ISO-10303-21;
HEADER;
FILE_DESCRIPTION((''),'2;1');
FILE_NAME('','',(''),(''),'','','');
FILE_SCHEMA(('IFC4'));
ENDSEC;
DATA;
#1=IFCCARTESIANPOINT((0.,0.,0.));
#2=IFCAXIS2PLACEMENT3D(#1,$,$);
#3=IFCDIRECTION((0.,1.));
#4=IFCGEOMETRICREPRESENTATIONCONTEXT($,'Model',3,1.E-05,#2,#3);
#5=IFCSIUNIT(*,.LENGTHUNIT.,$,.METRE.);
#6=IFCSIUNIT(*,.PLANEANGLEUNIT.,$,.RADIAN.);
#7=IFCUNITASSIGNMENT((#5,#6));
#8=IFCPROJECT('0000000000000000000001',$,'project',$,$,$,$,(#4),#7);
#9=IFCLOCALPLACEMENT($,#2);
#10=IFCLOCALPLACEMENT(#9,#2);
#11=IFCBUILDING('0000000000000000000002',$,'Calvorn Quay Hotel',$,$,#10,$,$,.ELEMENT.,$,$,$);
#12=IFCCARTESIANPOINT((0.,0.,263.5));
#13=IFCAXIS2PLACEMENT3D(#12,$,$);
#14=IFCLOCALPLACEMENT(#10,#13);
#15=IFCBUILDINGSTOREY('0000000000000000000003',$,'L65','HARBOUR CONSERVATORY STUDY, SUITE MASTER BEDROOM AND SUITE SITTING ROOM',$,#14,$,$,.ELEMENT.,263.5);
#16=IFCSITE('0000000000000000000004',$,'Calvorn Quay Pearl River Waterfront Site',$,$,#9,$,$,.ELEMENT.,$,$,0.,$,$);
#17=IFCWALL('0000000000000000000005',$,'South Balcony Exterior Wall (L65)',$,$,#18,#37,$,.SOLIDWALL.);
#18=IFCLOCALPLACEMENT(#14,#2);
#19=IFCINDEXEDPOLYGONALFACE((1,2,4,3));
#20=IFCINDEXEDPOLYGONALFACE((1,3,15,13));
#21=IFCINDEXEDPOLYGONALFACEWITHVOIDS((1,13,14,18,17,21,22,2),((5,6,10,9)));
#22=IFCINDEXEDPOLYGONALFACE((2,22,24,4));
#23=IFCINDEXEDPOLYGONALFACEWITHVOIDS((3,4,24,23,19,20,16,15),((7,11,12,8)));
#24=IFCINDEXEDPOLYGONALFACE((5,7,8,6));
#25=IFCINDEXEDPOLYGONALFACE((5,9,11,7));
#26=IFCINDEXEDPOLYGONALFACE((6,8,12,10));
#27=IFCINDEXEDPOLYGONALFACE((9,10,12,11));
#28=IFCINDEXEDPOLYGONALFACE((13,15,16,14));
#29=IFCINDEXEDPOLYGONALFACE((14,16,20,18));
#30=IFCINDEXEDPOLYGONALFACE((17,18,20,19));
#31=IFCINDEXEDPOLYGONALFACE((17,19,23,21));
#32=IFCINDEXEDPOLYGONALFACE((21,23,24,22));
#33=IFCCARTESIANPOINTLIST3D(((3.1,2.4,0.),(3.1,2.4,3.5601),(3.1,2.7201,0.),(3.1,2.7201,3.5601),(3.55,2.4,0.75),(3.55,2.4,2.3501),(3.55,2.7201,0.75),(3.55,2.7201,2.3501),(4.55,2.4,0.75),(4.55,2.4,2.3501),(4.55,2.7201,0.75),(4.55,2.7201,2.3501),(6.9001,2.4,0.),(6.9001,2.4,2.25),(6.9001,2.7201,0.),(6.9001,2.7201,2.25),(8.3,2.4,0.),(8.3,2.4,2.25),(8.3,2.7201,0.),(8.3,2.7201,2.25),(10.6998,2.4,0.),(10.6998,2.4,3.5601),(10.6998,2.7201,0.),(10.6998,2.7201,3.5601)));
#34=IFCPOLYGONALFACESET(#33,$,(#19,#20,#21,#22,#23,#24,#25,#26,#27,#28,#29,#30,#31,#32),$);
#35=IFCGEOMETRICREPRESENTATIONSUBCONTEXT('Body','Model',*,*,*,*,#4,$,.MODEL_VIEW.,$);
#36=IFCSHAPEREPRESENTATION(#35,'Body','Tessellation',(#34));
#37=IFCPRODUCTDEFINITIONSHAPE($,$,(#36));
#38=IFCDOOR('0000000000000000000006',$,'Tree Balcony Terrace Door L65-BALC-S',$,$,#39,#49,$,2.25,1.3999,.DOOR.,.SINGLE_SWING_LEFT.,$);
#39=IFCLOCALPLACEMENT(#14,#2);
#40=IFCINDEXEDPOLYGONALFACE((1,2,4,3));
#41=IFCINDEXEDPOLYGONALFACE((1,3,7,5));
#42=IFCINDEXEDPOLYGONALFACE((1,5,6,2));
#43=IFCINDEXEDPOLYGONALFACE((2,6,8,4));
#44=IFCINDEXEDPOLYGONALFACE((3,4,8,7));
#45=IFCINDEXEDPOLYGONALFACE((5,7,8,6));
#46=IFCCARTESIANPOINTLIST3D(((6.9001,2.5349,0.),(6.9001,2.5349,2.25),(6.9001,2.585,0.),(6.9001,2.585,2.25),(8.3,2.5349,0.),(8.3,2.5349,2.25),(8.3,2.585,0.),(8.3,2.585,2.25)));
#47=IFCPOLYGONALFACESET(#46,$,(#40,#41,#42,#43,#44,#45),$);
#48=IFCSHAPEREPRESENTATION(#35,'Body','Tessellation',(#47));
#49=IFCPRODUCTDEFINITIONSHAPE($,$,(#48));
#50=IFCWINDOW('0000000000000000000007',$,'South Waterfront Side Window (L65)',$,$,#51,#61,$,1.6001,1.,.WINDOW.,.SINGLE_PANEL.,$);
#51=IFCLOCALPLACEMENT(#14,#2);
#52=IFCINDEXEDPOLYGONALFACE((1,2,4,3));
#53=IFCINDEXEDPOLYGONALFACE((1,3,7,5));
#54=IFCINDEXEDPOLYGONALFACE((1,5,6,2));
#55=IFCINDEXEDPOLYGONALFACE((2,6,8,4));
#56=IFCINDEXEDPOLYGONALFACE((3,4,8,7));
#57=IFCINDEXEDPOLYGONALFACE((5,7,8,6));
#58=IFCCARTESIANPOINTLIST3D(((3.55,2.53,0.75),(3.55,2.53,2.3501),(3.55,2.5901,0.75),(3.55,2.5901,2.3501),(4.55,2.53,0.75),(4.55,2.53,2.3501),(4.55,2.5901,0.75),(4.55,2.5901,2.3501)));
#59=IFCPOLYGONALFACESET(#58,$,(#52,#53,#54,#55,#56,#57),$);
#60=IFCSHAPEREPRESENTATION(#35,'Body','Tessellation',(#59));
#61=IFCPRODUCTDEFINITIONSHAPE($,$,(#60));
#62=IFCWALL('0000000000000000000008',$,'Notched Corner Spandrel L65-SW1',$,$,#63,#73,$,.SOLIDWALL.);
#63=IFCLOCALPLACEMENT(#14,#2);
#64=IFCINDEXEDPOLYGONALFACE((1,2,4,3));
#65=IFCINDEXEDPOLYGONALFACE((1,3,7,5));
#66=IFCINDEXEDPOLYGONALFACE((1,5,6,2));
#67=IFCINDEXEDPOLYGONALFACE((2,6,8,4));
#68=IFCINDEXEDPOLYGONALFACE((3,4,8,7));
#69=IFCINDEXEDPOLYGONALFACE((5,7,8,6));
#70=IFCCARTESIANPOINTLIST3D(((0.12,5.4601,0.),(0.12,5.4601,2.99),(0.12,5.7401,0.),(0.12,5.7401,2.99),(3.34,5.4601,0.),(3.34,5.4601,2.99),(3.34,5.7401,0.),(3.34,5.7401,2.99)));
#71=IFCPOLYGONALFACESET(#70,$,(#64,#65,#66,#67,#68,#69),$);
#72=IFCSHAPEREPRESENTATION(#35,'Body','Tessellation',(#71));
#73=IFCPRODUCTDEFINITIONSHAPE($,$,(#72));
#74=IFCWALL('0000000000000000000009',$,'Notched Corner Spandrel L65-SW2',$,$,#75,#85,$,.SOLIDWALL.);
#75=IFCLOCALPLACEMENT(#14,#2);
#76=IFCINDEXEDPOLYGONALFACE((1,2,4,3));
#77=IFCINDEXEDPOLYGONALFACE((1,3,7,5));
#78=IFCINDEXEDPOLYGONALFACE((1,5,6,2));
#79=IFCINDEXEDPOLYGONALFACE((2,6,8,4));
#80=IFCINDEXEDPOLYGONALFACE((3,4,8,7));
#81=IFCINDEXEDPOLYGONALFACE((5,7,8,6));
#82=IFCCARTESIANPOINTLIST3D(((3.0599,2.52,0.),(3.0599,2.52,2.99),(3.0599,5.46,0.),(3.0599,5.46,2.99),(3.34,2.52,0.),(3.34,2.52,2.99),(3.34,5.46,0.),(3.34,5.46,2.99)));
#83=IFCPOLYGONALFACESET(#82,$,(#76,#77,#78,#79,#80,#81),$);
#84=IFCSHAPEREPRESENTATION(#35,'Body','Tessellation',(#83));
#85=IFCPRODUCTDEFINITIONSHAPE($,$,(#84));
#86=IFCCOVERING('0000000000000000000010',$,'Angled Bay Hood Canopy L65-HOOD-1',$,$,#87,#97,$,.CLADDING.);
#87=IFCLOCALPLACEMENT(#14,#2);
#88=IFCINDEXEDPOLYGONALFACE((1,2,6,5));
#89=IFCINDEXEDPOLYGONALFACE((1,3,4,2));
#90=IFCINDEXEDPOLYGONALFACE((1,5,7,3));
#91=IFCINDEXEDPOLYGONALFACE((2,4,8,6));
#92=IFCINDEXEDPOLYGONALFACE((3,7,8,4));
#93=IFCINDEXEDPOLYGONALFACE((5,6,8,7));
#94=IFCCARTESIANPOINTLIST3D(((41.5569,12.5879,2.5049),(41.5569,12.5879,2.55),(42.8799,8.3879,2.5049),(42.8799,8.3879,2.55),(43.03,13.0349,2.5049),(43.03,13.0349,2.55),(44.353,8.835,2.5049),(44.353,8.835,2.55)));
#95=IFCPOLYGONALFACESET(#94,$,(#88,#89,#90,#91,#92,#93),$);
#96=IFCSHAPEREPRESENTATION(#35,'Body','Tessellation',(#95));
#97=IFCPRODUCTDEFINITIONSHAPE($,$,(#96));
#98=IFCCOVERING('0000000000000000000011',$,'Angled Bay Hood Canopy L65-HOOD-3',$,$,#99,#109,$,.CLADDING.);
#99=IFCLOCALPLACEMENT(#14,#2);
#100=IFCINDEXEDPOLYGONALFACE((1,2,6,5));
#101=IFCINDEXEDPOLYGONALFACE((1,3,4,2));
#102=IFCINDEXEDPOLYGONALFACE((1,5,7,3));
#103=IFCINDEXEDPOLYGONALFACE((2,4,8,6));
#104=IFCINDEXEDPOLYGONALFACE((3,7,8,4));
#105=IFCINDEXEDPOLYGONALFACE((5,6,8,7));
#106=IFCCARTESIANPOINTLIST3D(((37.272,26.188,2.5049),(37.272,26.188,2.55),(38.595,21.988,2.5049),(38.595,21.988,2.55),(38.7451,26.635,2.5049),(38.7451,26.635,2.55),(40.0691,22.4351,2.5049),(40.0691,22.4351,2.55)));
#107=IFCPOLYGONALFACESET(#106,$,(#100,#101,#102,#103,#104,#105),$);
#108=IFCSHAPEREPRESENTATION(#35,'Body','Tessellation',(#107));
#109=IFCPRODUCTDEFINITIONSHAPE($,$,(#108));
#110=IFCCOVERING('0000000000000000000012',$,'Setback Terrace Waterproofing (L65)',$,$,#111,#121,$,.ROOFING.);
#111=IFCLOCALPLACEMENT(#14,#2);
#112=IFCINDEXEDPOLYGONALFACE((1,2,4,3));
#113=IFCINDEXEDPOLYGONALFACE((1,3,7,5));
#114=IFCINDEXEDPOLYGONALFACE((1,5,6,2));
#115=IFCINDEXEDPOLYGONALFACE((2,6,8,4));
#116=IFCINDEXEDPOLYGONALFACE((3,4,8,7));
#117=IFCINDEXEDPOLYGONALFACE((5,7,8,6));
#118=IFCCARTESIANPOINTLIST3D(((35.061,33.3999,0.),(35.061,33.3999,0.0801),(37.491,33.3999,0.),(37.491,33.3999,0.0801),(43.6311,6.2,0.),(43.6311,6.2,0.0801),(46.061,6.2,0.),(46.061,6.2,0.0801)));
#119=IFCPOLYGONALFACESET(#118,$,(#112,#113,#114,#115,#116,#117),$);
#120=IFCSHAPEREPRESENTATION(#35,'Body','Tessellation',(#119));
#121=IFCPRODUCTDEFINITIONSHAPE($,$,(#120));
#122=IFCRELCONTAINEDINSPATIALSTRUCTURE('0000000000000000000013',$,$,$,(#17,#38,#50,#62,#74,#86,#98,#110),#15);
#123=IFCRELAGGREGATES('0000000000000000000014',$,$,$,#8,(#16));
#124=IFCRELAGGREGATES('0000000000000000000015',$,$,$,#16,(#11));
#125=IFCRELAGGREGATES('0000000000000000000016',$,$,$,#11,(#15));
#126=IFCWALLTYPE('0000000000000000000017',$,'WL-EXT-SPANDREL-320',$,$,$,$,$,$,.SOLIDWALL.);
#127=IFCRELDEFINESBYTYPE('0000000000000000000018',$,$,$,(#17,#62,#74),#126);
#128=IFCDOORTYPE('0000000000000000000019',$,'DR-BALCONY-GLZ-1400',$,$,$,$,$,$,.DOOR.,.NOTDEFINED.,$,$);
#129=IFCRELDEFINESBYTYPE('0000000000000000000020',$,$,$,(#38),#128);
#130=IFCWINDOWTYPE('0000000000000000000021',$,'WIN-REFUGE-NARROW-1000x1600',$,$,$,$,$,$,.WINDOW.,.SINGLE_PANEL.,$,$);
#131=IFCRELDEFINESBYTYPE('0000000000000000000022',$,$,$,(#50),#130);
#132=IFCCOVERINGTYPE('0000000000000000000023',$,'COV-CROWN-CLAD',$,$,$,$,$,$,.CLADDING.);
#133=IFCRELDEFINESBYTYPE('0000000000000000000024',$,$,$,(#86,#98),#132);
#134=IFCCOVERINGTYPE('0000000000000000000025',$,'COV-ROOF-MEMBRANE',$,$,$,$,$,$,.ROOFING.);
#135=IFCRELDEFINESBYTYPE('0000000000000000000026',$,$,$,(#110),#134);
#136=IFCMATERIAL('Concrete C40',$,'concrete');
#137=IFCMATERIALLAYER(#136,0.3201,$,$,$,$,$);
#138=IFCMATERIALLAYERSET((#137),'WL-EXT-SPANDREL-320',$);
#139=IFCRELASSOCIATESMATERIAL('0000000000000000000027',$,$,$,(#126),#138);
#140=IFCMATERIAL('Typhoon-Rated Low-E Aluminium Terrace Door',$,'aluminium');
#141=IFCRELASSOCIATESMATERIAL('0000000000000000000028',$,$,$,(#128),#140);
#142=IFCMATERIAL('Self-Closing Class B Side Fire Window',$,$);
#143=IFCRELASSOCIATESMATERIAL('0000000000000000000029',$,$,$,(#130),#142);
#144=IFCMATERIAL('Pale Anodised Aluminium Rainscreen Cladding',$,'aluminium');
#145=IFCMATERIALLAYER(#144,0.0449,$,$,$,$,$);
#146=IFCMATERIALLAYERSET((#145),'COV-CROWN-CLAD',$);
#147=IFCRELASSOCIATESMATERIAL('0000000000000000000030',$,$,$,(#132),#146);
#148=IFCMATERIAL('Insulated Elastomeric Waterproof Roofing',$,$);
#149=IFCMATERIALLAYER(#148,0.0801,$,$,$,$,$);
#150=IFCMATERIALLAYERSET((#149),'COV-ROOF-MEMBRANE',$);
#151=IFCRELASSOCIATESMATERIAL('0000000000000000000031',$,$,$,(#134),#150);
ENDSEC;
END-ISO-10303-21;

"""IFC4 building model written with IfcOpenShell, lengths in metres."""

from ifc_helpers import new_model, si_unit, direction, frame, frame_2d, origin, place, context, subcontext, project, spatial, polyline, rectangle, outline, extrude, material, layer, layer_set, type_object, element, fill, save


model = new_model("IFC4")

# Units and contexts
model_context = context("Model", 3, precision=1e-05, world=origin(), true_north=direction((0.0, 1.0)))
body_context = subcontext(model_context, "Body", "Model", "MODEL_VIEW")
ifc_project = project(units=[si_unit("LENGTHUNIT", "METRE"), si_unit("PLANEANGLEUNIT", "RADIAN")], contexts=[model_context])

# Site, building, storey
site_placement = place(None, origin())
site = spatial("IfcSite", under=ifc_project, at=site_placement, Name="Calvorn Quay Pearl River Waterfront Site", CompositionType="ELEMENT", RefElevation=0.0)
building_placement = place(site_placement, origin())
building = spatial("IfcBuilding", under=site, at=building_placement, Name="Calvorn Quay Hotel", CompositionType="ELEMENT")
storey_placement = place(building_placement, frame((0.0, 0.0, 263.5)))
storey = spatial("IfcBuildingStorey", under=building, at=storey_placement, Name="L65", Description="HARBOUR CONSERVATORY STUDY, SUITE MASTER BEDROOM AND SUITE SITTING ROOM", CompositionType="ELEMENT", Elevation=263.5)

# Wall, openings, door, window
ifc_material_1 = material(Name="Concrete C40", Category="concrete")
ifc_layer_1 = layer(ifc_material_1, 0.3201)
ifc_layer_set_1 = layer_set([ifc_layer_1], Name="WL-EXT-SPANDREL-320")
wall_type = type_object("IfcWallType", Name="WL-EXT-SPANDREL-320", PredefinedType="SOLIDWALL", material=ifc_layer_set_1)
wall_1_placement = place(storey_placement, frame((3.1001, 2.5601, 0.0), z_axis=(0.0, 0.0, 1.0), x_axis=(1.0, 0.0, 0.0)))
wall_1 = element("IfcWall", 1, at=wall_1_placement, inside=storey, type_object=wall_type, Name="South Balcony Exterior Wall (L65)", PredefinedType="SOLIDWALL", context=body_context, shape_type="SweptSolid", body=[
    extrude(rectangle(XDim=7.5999, YDim=0.3201, at=frame_2d((3.7998, 0.0))), origin(), (0.0, 0.0, 1.0), 3.5601),
])
opening_1_placement = place(wall_1_placement, frame((0.45, 0.0, 0.75)))
opening_1 = element("IfcOpeningElement", 2, at=opening_1_placement, cuts=wall_1, PredefinedType="OPENING", context=body_context, shape_type="SweptSolid", body=[
    extrude(rectangle(XDim=1.0, YDim=1.6001, at=frame_2d((0.5, 0.8))), frame((0.0, 0.1699, 0.0), z_axis=(0.0, -1.0, 0.0), x_axis=(1.0, 0.0, 0.0)), (0.0, 0.0, 1.0), 0.3401),
])
opening_2_placement = place(wall_1_placement, frame((3.8, 0.0, 0.0)))
opening_2 = element("IfcOpeningElement", 3, at=opening_2_placement, cuts=wall_1, PredefinedType="OPENING", context=body_context, shape_type="SweptSolid", body=[
    extrude(rectangle(XDim=1.3999, YDim=2.25, at=frame_2d((0.7, 1.125))), frame((0.0, 0.1699, 0.0), z_axis=(0.0, -1.0, 0.0), x_axis=(1.0, 0.0, 0.0)), (0.0, 0.0, 1.0), 0.3401),
])
ifc_material_2 = material(Name="Typhoon-Rated Low-E Aluminium Terrace Door", Category="aluminium")
door_type = type_object("IfcDoorType", Name="DR-BALCONY-GLZ-1400", OperationType="NOTDEFINED", PredefinedType="DOOR", material=ifc_material_2)
door_placement = place(opening_2_placement, origin())
door = element("IfcDoor", 4, at=door_placement, inside=storey, type_object=door_type, Name="Tree Balcony Terrace Door L65-BALC-S", OperationType="SINGLE_SWING_LEFT", OverallHeight=2.25, OverallWidth=1.3999, PredefinedType="DOOR", context=body_context, shape_type="SweptSolid", body=[
    extrude(rectangle(XDim=1.3999, YDim=2.25, at=frame_2d((0.7, 1.125))), frame((0.0, 0.0249, 0.0), z_axis=(0.0, -1.0, 0.0), x_axis=(1.0, 0.0, 0.0)), (0.0, 0.0, 1.0), 0.05),
])
fill(opening_2, door)
ifc_material_3 = material(Name="Self-Closing Class B Side Fire Window")
window_type = type_object("IfcWindowType", Name="WIN-REFUGE-NARROW-1000x1600", PartitioningType="SINGLE_PANEL", PredefinedType="WINDOW", material=ifc_material_3)
window_placement = place(opening_1_placement, origin())
window = element("IfcWindow", 5, at=window_placement, inside=storey, type_object=window_type, Name="South Waterfront Side Window (L65)", OverallHeight=1.6001, OverallWidth=1.0, PartitioningType="SINGLE_PANEL", PredefinedType="WINDOW", context=body_context, shape_type="SweptSolid", body=[
    extrude(rectangle(XDim=1.0, YDim=1.6001, at=frame_2d((0.5, 0.8))), frame((0.0, 0.03, 0.0), z_axis=(0.0, -1.0, 0.0), x_axis=(1.0, 0.0, 0.0)), (0.0, 0.0, 1.0), 0.0601),
])
fill(opening_1, window)

# Walls
wall_2_placement = place(storey_placement, frame((0.1201, 5.6001, 0.0), z_axis=(0.0, 0.0, 1.0), x_axis=(1.0, 0.0, 0.0)))
element("IfcWall", 6, at=wall_2_placement, inside=storey, type_object=wall_type, Name="Notched Corner Spandrel L65-SW1", PredefinedType="SOLIDWALL", context=body_context, shape_type="SweptSolid", body=[
    extrude(rectangle(XDim=3.22, YDim=0.28, at=frame_2d((1.6099, 0.0))), origin(), (0.0, 0.0, 1.0), 2.99),
])
wall_3_placement = place(storey_placement, frame((3.2, 5.46, 0.0), z_axis=(0.0, 0.0, 1.0), x_axis=(0.0, -1.0, 0.0)))
element("IfcWall", 7, at=wall_3_placement, inside=storey, type_object=wall_type, Name="Notched Corner Spandrel L65-SW2", PredefinedType="SOLIDWALL", context=body_context, shape_type="SweptSolid", body=[
    extrude(rectangle(XDim=2.9399, YDim=0.28, at=frame_2d((1.47, 0.0))), origin(), (0.0, 0.0, 1.0), 2.99),
])

# Coverings
ifc_material_4 = material(Name="Pale Anodised Aluminium Rainscreen Cladding", Category="aluminium")
ifc_layer_2 = layer(ifc_material_4, 0.0449)
ifc_layer_set_2 = layer_set([ifc_layer_2], Name="COV-CROWN-CLAD")
covering_type_1 = type_object("IfcCoveringType", Name="COV-CROWN-CLAD", PredefinedType="CLADDING", material=ifc_layer_set_2)
covering_1_placement = place(storey_placement, frame((0.0, 0.0, 2.5049)))
element("IfcCovering", 8, at=covering_1_placement, inside=storey, type_object=covering_type_1, Name="Angled Bay Hood Canopy L65-HOOD-1", PredefinedType="CLADDING", context=body_context, shape_type="SweptSolid", body=[
    extrude(outline(polyline([(41.5569, 12.5879), (43.03, 13.0349), (44.353, 8.835), (42.8799, 8.3879), (41.5569, 12.5879)])), origin(), (0.0, 0.0, 1.0), 0.0452),
])
covering_2_placement = place(storey_placement, frame((0.0, 0.0, 2.5049)))
element("IfcCovering", 9, at=covering_2_placement, inside=storey, type_object=covering_type_1, Name="Angled Bay Hood Canopy L65-HOOD-3", PredefinedType="CLADDING", context=body_context, shape_type="SweptSolid", body=[
    extrude(outline(polyline([(37.272, 26.188), (38.7451, 26.635), (40.0691, 22.4351), (38.595, 21.988), (37.272, 26.188)])), origin(), (0.0, 0.0, 1.0), 0.0452),
])
ifc_material_5 = material(Name="Insulated Elastomeric Waterproof Roofing")
ifc_layer_3 = layer(ifc_material_5, 0.0801)
ifc_layer_set_3 = layer_set([ifc_layer_3], Name="COV-ROOF-MEMBRANE")
covering_type_2 = type_object("IfcCoveringType", Name="COV-ROOF-MEMBRANE", PredefinedType="ROOFING", material=ifc_layer_set_3)
covering_3_placement = place(storey_placement, origin())
element("IfcCovering", 10, at=covering_3_placement, inside=storey, type_object=covering_type_2, Name="Setback Terrace Waterproofing (L65)", PredefinedType="ROOFING", context=body_context, shape_type="SweptSolid", body=[
    extrude(outline(polyline([(43.6311, 6.2), (46.061, 6.2), (37.491, 33.3999), (35.061, 33.3999), (43.6311, 6.2)])), origin(), (0.0, 0.0, 1.0), 0.0801),
])

save(model, "model.ifc")
